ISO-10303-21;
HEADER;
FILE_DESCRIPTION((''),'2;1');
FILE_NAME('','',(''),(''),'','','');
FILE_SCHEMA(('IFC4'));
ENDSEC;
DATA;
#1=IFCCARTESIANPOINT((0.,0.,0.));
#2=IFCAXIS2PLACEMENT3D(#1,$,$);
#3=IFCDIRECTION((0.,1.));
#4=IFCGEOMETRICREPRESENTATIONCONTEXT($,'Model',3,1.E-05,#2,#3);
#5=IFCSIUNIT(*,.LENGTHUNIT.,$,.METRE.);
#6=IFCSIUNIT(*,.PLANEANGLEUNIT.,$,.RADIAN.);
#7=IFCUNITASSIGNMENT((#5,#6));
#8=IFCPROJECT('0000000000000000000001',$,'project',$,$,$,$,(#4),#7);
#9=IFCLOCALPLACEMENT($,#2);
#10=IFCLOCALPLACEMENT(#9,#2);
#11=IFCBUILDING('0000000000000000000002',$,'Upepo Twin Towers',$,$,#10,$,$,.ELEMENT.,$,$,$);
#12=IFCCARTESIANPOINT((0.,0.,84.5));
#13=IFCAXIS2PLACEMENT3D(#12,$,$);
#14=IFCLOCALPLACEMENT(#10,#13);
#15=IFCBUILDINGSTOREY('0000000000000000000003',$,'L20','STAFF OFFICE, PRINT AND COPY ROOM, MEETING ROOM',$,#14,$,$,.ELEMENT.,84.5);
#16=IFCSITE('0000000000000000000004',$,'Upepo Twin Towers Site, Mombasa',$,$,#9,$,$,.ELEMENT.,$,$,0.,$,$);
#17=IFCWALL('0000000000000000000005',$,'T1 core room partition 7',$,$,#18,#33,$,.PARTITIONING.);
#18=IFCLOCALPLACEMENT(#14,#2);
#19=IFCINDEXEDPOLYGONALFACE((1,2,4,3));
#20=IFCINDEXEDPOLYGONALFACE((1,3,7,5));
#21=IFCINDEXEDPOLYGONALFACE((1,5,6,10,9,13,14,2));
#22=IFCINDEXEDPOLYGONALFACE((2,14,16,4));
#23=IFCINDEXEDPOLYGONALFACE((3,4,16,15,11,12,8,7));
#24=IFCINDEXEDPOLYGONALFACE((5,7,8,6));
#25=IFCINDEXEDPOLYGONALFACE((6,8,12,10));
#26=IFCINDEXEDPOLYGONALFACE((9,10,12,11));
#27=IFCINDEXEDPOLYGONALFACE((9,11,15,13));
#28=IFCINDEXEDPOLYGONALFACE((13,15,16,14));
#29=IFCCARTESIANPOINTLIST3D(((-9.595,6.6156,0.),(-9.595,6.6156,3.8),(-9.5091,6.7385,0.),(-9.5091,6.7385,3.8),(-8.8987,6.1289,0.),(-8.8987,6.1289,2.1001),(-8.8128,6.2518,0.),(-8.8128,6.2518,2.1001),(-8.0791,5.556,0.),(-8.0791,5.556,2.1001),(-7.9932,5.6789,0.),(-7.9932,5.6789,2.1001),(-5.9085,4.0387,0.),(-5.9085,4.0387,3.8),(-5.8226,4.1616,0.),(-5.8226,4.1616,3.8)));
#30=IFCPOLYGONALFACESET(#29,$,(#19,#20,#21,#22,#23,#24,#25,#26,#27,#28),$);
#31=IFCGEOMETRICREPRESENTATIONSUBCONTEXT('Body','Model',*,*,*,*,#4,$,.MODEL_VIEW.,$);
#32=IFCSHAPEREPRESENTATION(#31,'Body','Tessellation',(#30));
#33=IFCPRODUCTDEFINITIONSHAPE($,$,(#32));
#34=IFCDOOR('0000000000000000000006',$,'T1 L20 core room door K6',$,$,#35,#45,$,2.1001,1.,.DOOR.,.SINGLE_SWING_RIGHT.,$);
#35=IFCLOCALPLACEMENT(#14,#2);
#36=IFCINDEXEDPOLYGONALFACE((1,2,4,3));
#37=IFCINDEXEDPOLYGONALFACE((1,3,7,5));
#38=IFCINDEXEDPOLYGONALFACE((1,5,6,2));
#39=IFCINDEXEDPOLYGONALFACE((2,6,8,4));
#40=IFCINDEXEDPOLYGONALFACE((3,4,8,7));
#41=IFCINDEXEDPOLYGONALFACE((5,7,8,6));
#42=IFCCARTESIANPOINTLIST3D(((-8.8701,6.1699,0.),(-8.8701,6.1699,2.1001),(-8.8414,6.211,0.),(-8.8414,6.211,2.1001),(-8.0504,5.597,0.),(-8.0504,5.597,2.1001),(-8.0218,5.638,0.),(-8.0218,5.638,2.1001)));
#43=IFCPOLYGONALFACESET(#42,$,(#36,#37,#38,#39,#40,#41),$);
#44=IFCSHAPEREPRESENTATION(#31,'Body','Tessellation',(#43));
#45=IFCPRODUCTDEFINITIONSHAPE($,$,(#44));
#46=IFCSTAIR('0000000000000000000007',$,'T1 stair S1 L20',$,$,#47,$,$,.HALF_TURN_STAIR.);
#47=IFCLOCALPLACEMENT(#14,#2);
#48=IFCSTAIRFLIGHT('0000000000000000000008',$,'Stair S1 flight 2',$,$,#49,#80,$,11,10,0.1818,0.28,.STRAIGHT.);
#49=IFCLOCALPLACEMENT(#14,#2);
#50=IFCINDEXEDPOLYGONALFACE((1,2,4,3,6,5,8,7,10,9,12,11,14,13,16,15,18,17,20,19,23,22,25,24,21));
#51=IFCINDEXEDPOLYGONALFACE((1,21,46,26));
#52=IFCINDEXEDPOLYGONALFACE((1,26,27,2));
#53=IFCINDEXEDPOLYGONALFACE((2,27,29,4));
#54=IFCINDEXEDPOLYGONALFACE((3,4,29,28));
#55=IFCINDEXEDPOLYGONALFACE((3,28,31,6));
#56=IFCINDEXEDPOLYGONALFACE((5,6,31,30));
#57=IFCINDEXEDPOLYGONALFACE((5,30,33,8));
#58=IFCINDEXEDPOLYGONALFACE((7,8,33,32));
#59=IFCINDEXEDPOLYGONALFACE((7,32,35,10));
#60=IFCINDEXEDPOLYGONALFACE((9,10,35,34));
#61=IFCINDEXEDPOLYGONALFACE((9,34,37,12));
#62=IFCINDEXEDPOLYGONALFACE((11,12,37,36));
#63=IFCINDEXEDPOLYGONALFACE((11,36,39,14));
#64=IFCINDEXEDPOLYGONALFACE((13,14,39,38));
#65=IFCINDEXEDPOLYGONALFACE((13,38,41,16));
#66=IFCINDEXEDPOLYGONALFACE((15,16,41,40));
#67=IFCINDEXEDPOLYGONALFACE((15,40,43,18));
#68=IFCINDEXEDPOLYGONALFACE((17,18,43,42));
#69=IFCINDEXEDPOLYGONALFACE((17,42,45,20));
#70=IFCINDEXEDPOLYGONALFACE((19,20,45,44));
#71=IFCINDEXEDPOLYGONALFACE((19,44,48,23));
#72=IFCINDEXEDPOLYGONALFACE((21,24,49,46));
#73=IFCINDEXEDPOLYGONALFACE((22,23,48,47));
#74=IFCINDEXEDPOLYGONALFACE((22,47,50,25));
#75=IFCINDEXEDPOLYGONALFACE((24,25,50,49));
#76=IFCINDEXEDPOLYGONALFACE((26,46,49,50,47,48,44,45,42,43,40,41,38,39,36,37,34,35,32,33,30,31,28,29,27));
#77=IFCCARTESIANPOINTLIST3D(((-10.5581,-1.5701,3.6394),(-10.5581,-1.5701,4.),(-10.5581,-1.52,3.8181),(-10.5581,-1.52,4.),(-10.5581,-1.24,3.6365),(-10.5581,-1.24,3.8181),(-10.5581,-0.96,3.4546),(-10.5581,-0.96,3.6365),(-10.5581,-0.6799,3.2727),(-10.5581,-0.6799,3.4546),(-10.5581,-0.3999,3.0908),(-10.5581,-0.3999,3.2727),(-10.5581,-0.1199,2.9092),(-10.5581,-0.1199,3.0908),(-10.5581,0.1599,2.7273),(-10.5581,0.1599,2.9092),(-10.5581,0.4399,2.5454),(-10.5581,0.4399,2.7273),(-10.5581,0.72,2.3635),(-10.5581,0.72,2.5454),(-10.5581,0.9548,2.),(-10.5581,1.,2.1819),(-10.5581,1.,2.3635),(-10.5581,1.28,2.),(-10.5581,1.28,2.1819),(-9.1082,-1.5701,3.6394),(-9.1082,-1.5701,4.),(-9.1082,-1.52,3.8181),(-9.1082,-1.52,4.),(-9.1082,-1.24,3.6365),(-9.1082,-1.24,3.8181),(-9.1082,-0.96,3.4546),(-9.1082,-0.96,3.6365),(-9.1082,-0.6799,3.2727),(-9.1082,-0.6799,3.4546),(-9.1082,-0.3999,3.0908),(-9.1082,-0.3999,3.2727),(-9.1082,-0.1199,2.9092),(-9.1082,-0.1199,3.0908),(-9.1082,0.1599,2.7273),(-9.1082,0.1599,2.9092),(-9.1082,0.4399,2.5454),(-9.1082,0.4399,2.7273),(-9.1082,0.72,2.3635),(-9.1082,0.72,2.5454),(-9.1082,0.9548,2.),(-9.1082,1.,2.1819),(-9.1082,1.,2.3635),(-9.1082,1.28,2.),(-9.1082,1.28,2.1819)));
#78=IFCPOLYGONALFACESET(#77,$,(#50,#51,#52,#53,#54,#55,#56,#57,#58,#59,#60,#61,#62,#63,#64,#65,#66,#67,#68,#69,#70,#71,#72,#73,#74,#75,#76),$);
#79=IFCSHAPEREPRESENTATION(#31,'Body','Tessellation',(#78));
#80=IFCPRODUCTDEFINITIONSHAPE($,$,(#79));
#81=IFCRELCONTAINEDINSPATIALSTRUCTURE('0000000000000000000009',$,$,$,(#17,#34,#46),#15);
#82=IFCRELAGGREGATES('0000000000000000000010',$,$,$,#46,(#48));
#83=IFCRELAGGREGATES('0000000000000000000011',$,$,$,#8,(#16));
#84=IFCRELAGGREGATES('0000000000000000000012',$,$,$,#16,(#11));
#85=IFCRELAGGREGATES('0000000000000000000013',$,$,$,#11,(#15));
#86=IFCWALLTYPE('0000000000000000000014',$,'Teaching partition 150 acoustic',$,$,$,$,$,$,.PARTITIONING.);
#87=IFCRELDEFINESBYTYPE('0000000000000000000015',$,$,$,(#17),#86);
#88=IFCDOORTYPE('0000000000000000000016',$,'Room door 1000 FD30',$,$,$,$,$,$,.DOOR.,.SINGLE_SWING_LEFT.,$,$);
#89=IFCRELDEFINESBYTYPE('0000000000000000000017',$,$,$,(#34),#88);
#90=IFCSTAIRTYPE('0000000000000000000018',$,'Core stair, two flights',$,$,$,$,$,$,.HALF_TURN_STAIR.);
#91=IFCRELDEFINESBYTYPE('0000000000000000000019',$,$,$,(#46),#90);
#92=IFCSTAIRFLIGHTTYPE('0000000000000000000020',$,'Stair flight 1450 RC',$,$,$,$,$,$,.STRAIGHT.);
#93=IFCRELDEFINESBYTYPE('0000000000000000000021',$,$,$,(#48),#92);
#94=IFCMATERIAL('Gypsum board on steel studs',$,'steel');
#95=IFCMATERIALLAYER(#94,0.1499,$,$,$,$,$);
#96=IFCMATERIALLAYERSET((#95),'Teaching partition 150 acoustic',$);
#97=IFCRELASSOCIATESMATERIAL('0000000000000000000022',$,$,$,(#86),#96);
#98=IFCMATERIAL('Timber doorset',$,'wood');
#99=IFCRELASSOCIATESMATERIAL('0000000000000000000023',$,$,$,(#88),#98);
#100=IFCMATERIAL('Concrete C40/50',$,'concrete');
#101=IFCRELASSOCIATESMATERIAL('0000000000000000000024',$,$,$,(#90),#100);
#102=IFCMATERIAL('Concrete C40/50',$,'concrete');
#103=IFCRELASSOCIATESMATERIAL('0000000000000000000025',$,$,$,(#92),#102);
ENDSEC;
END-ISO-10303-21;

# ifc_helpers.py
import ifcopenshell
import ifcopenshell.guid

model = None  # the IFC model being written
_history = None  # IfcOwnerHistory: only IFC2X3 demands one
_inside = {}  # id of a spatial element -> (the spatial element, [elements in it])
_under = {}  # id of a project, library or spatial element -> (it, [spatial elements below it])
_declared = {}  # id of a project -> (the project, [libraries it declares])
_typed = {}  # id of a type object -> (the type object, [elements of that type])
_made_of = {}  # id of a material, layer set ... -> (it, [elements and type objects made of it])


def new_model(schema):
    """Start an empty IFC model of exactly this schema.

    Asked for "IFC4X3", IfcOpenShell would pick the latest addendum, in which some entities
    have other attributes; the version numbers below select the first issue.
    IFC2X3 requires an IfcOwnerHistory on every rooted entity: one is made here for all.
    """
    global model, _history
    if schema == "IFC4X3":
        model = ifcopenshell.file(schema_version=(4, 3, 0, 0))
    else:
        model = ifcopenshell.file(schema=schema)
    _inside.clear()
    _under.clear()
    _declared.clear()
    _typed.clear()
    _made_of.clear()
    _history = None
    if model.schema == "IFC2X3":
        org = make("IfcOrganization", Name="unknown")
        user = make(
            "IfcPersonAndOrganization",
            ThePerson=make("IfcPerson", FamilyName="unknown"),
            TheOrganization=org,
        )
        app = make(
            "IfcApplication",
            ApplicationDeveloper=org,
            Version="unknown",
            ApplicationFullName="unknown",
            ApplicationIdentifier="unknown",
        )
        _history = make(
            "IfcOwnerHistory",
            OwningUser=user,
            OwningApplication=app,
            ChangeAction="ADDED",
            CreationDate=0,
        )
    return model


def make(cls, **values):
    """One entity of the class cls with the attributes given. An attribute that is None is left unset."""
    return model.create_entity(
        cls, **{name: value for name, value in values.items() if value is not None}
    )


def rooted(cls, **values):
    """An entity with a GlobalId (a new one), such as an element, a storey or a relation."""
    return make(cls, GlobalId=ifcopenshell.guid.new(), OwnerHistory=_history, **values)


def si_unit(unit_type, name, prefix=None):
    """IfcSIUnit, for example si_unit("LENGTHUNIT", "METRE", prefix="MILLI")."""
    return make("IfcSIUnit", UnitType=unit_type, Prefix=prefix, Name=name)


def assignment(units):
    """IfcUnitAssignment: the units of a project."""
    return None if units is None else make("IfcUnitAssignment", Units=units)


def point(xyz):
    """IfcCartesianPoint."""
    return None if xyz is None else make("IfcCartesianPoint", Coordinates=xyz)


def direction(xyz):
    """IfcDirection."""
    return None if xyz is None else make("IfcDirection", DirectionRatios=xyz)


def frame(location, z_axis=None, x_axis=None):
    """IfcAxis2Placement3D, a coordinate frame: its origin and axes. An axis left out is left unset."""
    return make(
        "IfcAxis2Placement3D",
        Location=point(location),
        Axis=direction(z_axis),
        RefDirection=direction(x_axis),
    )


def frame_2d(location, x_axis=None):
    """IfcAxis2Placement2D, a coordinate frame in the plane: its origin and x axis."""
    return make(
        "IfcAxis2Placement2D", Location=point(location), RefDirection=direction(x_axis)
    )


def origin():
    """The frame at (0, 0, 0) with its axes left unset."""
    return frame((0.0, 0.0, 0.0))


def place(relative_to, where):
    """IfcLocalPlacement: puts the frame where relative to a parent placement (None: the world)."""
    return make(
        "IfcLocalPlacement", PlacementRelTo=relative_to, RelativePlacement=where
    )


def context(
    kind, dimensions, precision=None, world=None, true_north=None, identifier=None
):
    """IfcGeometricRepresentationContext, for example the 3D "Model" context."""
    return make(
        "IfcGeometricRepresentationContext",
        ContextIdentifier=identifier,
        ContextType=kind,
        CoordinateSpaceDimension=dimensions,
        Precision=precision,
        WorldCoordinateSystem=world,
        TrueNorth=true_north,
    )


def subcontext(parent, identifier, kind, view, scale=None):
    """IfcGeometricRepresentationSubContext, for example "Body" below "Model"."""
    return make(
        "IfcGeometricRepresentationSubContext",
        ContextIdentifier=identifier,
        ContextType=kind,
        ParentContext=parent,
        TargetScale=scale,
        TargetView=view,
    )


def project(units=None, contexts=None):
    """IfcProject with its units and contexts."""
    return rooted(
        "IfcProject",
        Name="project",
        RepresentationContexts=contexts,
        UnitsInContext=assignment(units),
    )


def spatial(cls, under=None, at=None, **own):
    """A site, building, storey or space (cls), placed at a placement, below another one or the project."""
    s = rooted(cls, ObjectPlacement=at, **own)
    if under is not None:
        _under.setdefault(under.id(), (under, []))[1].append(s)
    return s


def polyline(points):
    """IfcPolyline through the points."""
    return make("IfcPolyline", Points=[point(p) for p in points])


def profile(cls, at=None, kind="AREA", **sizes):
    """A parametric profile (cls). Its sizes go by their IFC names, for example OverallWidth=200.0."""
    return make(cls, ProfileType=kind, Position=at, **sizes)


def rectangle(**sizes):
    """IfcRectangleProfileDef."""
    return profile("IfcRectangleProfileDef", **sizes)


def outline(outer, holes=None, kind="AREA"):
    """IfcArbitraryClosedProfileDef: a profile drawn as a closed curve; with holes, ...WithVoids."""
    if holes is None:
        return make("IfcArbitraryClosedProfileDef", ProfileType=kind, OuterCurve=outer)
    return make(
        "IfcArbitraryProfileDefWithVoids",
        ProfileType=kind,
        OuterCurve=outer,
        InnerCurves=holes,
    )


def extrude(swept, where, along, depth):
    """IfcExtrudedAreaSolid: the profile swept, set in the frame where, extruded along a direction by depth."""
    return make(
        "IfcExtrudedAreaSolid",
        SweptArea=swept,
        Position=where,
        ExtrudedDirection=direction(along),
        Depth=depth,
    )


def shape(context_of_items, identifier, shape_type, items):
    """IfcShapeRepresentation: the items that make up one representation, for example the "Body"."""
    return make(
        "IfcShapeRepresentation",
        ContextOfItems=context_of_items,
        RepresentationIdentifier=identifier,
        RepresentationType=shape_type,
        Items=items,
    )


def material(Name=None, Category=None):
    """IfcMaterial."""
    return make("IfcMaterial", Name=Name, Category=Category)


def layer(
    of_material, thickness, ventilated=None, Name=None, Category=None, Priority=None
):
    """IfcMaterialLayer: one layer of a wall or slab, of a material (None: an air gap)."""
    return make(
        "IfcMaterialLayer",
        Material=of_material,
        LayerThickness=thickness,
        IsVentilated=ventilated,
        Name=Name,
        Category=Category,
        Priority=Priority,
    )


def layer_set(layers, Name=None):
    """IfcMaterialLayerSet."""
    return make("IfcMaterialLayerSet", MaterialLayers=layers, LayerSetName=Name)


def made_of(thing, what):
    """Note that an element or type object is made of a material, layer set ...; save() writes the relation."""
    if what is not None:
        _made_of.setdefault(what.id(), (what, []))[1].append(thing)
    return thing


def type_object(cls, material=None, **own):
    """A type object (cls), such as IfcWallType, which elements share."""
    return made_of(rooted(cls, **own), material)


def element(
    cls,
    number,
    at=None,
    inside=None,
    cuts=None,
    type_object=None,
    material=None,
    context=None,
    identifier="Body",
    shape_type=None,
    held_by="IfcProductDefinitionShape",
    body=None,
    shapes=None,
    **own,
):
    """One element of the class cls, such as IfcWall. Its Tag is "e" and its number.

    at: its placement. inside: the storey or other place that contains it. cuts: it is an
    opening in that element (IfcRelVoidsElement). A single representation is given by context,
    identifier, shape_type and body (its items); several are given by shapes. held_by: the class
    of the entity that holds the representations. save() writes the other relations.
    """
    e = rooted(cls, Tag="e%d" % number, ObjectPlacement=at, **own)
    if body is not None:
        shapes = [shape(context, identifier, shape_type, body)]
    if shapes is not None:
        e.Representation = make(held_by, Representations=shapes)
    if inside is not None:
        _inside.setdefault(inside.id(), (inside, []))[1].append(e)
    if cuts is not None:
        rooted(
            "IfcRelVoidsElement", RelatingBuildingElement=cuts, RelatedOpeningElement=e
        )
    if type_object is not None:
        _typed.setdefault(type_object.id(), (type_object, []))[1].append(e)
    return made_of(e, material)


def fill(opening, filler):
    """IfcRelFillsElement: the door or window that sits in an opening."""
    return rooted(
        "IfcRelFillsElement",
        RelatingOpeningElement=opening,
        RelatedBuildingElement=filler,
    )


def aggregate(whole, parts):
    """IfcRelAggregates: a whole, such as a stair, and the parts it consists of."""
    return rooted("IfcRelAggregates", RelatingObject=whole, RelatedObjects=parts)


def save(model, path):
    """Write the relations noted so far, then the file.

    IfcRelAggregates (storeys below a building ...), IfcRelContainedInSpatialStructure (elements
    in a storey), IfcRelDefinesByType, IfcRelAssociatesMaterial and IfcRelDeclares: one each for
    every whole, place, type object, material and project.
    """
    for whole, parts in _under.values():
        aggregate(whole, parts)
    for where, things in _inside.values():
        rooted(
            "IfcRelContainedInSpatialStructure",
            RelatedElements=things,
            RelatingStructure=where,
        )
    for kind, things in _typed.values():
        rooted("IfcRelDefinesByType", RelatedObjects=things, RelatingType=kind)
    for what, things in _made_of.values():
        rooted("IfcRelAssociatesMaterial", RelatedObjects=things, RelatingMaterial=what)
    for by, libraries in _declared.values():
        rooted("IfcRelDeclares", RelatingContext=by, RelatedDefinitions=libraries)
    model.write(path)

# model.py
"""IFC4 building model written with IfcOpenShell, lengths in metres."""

from ifc_helpers import new_model, si_unit, direction, frame, frame_2d, origin, place, context, subcontext, project, spatial, polyline, rectangle, outline, extrude, material, layer, layer_set, type_object, element, fill, aggregate, save


model = new_model("IFC4")

# Units and contexts
model_context = context("Model", 3, precision=1e-05, world=origin(), true_north=direction((0.0, 1.0)))
body_context = subcontext(model_context, "Body", "Model", "MODEL_VIEW")
ifc_project = project(units=[si_unit("LENGTHUNIT", "METRE"), si_unit("PLANEANGLEUNIT", "RADIAN")], contexts=[model_context])

# Site, building, storey
site_placement = place(None, origin())
site = spatial("IfcSite", under=ifc_project, at=site_placement, Name="Upepo Twin Towers Site, Mombasa", CompositionType="ELEMENT", RefElevation=0.0)
building_placement = place(site_placement, origin())
building = spatial("IfcBuilding", under=site, at=building_placement, Name="Upepo Twin Towers", CompositionType="ELEMENT")
storey_placement = place(building_placement, frame((0.0, 0.0, 84.5)))
storey = spatial("IfcBuildingStorey", under=building, at=storey_placement, Name="L20", Description="STAFF OFFICE, PRINT AND COPY ROOM, MEETING ROOM", CompositionType="ELEMENT", Elevation=84.5)

# Wall, opening, door
ifc_material_1 = material(Name="Gypsum board on steel studs", Category="steel")
ifc_layer_1 = layer(ifc_material_1, 0.1499)
ifc_layer_set_1 = layer_set([ifc_layer_1], Name="Teaching partition 150 acoustic")
wall_type_1 = type_object("IfcWallType", Name="Teaching partition 150 acoustic", PredefinedType="PARTITIONING", material=ifc_layer_set_1)
ifc_material_2 = material(Name="Timber doorset", Category="wood")
door_type_1 = type_object("IfcDoorType", Name="Room door 1000 FD30", OperationType="SINGLE_SWING_LEFT", PredefinedType="DOOR", material=ifc_material_2)
wall_1_placement = place(storey_placement, frame((-5.8655, 4.1001, 0.0), z_axis=(0.0, 0.0, 1.0), x_axis=(-0.819614, 0.572916, 0.0)))
wall_1 = element("IfcWall", 1, at=wall_1_placement, inside=storey, type_object=wall_type_1, Name="T1 core room partition 7", PredefinedType="PARTITIONING", context=body_context, shape_type="SweptSolid", body=[
    extrude(rectangle(XDim=4.4978, YDim=0.1499, at=frame_2d((2.249, 0.0))), origin(), (0.0, 0.0, 1.0), 3.8),
])
opening_1_placement = place(wall_1_placement, frame((2.6484, 0.0, 0.0)))
opening_1 = element("IfcOpeningElement", 2, at=opening_1_placement, cuts=wall_1, PredefinedType="OPENING", context=body_context, shape_type="SweptSolid", body=[
    extrude(rectangle(XDim=1.0, YDim=2.1001, at=frame_2d((0.5, 1.05))), frame((0.0, 0.085, 0.0), z_axis=(0.0, -1.0, 0.0), x_axis=(1.0, 0.0, 0.0)), (0.0, 0.0, 1.0), 0.1699),
])
door_1_placement = place(opening_1_placement, origin())
door_1 = element("IfcDoor", 3, at=door_1_placement, inside=storey, type_object=door_type_1, Name="T1 L20 core room door K6", OperationType="SINGLE_SWING_RIGHT", OverallHeight=2.1001, OverallWidth=1.0, PredefinedType="DOOR", context=body_context, shape_type="SweptSolid", body=[
    extrude(rectangle(XDim=1.0, YDim=2.1001, at=frame_2d((0.5, 1.05))), frame((0.0, 0.0249, 0.0), z_axis=(0.0, -1.0, 0.0), x_axis=(1.0, 0.0, 0.0)), (0.0, 0.0, 1.0), 0.05),
])
fill(opening_1, door_1)

# Stair, stair flight
ifc_material_3 = material(Name="Concrete C40/50", Category="concrete")
stair_type = type_object("IfcStairType", Name="Core stair, two flights", PredefinedType="HALF_TURN_STAIR", material=ifc_material_3)
stair_placement = place(storey_placement, origin())
stair = element("IfcStair", 4, at=stair_placement, inside=storey, type_object=stair_type, Name="T1 stair S1 L20", PredefinedType="HALF_TURN_STAIR")
ifc_material_4 = material(Name="Concrete C40/50", Category="concrete")
stair_flight_type = type_object("IfcStairFlightType", Name="Stair flight 1450 RC", PredefinedType="STRAIGHT", material=ifc_material_4)
stair_flight_placement = place(storey_placement, frame((-9.8333, 1.28, 2.0), z_axis=(0.0, 0.0, 1.0), x_axis=(0.0, -1.0, 0.0)))
stair_flight = element("IfcStairFlight", 5, at=stair_flight_placement, type_object=stair_flight_type, Name="Stair S1 flight 2", NumberOfRisers=11, NumberOfTreads=10, PredefinedType="STRAIGHT", RiserHeight=0.1818, TreadLength=0.28, context=body_context, shape_type="SweptSolid", body=[
    extrude(outline(polyline([(0.0, 0.0), (0.0, 0.1819), (0.28, 0.1819), (0.28, 0.3635), (0.5601, 0.3635), (0.5601, 0.5454), (0.8401, 0.5454), (0.8401, 0.7273), (1.1201, 0.7273), (1.1201, 0.9092), (1.3999, 0.9092), (1.3999, 1.0908), (1.6799, 1.0908), (1.6799, 1.2727), (1.96, 1.2727), (1.96, 1.4546), (2.24, 1.4546), (2.24, 1.6365), (2.52, 1.6365), (2.52, 1.8181), (2.8, 1.8181), (2.8, 2.0), (2.8501, 2.0), (2.8501, 1.6394), (0.3252, 0.0), (0.0, 0.0)])), frame((0.0, 0.7251, 0.0), z_axis=(0.0, -1.0, 0.0), x_axis=(1.0, 0.0, 0.0)), (0.0, 0.0, 1.0), 1.45),
])
aggregate(stair, [stair_flight])

save(model, "model.ifc")
